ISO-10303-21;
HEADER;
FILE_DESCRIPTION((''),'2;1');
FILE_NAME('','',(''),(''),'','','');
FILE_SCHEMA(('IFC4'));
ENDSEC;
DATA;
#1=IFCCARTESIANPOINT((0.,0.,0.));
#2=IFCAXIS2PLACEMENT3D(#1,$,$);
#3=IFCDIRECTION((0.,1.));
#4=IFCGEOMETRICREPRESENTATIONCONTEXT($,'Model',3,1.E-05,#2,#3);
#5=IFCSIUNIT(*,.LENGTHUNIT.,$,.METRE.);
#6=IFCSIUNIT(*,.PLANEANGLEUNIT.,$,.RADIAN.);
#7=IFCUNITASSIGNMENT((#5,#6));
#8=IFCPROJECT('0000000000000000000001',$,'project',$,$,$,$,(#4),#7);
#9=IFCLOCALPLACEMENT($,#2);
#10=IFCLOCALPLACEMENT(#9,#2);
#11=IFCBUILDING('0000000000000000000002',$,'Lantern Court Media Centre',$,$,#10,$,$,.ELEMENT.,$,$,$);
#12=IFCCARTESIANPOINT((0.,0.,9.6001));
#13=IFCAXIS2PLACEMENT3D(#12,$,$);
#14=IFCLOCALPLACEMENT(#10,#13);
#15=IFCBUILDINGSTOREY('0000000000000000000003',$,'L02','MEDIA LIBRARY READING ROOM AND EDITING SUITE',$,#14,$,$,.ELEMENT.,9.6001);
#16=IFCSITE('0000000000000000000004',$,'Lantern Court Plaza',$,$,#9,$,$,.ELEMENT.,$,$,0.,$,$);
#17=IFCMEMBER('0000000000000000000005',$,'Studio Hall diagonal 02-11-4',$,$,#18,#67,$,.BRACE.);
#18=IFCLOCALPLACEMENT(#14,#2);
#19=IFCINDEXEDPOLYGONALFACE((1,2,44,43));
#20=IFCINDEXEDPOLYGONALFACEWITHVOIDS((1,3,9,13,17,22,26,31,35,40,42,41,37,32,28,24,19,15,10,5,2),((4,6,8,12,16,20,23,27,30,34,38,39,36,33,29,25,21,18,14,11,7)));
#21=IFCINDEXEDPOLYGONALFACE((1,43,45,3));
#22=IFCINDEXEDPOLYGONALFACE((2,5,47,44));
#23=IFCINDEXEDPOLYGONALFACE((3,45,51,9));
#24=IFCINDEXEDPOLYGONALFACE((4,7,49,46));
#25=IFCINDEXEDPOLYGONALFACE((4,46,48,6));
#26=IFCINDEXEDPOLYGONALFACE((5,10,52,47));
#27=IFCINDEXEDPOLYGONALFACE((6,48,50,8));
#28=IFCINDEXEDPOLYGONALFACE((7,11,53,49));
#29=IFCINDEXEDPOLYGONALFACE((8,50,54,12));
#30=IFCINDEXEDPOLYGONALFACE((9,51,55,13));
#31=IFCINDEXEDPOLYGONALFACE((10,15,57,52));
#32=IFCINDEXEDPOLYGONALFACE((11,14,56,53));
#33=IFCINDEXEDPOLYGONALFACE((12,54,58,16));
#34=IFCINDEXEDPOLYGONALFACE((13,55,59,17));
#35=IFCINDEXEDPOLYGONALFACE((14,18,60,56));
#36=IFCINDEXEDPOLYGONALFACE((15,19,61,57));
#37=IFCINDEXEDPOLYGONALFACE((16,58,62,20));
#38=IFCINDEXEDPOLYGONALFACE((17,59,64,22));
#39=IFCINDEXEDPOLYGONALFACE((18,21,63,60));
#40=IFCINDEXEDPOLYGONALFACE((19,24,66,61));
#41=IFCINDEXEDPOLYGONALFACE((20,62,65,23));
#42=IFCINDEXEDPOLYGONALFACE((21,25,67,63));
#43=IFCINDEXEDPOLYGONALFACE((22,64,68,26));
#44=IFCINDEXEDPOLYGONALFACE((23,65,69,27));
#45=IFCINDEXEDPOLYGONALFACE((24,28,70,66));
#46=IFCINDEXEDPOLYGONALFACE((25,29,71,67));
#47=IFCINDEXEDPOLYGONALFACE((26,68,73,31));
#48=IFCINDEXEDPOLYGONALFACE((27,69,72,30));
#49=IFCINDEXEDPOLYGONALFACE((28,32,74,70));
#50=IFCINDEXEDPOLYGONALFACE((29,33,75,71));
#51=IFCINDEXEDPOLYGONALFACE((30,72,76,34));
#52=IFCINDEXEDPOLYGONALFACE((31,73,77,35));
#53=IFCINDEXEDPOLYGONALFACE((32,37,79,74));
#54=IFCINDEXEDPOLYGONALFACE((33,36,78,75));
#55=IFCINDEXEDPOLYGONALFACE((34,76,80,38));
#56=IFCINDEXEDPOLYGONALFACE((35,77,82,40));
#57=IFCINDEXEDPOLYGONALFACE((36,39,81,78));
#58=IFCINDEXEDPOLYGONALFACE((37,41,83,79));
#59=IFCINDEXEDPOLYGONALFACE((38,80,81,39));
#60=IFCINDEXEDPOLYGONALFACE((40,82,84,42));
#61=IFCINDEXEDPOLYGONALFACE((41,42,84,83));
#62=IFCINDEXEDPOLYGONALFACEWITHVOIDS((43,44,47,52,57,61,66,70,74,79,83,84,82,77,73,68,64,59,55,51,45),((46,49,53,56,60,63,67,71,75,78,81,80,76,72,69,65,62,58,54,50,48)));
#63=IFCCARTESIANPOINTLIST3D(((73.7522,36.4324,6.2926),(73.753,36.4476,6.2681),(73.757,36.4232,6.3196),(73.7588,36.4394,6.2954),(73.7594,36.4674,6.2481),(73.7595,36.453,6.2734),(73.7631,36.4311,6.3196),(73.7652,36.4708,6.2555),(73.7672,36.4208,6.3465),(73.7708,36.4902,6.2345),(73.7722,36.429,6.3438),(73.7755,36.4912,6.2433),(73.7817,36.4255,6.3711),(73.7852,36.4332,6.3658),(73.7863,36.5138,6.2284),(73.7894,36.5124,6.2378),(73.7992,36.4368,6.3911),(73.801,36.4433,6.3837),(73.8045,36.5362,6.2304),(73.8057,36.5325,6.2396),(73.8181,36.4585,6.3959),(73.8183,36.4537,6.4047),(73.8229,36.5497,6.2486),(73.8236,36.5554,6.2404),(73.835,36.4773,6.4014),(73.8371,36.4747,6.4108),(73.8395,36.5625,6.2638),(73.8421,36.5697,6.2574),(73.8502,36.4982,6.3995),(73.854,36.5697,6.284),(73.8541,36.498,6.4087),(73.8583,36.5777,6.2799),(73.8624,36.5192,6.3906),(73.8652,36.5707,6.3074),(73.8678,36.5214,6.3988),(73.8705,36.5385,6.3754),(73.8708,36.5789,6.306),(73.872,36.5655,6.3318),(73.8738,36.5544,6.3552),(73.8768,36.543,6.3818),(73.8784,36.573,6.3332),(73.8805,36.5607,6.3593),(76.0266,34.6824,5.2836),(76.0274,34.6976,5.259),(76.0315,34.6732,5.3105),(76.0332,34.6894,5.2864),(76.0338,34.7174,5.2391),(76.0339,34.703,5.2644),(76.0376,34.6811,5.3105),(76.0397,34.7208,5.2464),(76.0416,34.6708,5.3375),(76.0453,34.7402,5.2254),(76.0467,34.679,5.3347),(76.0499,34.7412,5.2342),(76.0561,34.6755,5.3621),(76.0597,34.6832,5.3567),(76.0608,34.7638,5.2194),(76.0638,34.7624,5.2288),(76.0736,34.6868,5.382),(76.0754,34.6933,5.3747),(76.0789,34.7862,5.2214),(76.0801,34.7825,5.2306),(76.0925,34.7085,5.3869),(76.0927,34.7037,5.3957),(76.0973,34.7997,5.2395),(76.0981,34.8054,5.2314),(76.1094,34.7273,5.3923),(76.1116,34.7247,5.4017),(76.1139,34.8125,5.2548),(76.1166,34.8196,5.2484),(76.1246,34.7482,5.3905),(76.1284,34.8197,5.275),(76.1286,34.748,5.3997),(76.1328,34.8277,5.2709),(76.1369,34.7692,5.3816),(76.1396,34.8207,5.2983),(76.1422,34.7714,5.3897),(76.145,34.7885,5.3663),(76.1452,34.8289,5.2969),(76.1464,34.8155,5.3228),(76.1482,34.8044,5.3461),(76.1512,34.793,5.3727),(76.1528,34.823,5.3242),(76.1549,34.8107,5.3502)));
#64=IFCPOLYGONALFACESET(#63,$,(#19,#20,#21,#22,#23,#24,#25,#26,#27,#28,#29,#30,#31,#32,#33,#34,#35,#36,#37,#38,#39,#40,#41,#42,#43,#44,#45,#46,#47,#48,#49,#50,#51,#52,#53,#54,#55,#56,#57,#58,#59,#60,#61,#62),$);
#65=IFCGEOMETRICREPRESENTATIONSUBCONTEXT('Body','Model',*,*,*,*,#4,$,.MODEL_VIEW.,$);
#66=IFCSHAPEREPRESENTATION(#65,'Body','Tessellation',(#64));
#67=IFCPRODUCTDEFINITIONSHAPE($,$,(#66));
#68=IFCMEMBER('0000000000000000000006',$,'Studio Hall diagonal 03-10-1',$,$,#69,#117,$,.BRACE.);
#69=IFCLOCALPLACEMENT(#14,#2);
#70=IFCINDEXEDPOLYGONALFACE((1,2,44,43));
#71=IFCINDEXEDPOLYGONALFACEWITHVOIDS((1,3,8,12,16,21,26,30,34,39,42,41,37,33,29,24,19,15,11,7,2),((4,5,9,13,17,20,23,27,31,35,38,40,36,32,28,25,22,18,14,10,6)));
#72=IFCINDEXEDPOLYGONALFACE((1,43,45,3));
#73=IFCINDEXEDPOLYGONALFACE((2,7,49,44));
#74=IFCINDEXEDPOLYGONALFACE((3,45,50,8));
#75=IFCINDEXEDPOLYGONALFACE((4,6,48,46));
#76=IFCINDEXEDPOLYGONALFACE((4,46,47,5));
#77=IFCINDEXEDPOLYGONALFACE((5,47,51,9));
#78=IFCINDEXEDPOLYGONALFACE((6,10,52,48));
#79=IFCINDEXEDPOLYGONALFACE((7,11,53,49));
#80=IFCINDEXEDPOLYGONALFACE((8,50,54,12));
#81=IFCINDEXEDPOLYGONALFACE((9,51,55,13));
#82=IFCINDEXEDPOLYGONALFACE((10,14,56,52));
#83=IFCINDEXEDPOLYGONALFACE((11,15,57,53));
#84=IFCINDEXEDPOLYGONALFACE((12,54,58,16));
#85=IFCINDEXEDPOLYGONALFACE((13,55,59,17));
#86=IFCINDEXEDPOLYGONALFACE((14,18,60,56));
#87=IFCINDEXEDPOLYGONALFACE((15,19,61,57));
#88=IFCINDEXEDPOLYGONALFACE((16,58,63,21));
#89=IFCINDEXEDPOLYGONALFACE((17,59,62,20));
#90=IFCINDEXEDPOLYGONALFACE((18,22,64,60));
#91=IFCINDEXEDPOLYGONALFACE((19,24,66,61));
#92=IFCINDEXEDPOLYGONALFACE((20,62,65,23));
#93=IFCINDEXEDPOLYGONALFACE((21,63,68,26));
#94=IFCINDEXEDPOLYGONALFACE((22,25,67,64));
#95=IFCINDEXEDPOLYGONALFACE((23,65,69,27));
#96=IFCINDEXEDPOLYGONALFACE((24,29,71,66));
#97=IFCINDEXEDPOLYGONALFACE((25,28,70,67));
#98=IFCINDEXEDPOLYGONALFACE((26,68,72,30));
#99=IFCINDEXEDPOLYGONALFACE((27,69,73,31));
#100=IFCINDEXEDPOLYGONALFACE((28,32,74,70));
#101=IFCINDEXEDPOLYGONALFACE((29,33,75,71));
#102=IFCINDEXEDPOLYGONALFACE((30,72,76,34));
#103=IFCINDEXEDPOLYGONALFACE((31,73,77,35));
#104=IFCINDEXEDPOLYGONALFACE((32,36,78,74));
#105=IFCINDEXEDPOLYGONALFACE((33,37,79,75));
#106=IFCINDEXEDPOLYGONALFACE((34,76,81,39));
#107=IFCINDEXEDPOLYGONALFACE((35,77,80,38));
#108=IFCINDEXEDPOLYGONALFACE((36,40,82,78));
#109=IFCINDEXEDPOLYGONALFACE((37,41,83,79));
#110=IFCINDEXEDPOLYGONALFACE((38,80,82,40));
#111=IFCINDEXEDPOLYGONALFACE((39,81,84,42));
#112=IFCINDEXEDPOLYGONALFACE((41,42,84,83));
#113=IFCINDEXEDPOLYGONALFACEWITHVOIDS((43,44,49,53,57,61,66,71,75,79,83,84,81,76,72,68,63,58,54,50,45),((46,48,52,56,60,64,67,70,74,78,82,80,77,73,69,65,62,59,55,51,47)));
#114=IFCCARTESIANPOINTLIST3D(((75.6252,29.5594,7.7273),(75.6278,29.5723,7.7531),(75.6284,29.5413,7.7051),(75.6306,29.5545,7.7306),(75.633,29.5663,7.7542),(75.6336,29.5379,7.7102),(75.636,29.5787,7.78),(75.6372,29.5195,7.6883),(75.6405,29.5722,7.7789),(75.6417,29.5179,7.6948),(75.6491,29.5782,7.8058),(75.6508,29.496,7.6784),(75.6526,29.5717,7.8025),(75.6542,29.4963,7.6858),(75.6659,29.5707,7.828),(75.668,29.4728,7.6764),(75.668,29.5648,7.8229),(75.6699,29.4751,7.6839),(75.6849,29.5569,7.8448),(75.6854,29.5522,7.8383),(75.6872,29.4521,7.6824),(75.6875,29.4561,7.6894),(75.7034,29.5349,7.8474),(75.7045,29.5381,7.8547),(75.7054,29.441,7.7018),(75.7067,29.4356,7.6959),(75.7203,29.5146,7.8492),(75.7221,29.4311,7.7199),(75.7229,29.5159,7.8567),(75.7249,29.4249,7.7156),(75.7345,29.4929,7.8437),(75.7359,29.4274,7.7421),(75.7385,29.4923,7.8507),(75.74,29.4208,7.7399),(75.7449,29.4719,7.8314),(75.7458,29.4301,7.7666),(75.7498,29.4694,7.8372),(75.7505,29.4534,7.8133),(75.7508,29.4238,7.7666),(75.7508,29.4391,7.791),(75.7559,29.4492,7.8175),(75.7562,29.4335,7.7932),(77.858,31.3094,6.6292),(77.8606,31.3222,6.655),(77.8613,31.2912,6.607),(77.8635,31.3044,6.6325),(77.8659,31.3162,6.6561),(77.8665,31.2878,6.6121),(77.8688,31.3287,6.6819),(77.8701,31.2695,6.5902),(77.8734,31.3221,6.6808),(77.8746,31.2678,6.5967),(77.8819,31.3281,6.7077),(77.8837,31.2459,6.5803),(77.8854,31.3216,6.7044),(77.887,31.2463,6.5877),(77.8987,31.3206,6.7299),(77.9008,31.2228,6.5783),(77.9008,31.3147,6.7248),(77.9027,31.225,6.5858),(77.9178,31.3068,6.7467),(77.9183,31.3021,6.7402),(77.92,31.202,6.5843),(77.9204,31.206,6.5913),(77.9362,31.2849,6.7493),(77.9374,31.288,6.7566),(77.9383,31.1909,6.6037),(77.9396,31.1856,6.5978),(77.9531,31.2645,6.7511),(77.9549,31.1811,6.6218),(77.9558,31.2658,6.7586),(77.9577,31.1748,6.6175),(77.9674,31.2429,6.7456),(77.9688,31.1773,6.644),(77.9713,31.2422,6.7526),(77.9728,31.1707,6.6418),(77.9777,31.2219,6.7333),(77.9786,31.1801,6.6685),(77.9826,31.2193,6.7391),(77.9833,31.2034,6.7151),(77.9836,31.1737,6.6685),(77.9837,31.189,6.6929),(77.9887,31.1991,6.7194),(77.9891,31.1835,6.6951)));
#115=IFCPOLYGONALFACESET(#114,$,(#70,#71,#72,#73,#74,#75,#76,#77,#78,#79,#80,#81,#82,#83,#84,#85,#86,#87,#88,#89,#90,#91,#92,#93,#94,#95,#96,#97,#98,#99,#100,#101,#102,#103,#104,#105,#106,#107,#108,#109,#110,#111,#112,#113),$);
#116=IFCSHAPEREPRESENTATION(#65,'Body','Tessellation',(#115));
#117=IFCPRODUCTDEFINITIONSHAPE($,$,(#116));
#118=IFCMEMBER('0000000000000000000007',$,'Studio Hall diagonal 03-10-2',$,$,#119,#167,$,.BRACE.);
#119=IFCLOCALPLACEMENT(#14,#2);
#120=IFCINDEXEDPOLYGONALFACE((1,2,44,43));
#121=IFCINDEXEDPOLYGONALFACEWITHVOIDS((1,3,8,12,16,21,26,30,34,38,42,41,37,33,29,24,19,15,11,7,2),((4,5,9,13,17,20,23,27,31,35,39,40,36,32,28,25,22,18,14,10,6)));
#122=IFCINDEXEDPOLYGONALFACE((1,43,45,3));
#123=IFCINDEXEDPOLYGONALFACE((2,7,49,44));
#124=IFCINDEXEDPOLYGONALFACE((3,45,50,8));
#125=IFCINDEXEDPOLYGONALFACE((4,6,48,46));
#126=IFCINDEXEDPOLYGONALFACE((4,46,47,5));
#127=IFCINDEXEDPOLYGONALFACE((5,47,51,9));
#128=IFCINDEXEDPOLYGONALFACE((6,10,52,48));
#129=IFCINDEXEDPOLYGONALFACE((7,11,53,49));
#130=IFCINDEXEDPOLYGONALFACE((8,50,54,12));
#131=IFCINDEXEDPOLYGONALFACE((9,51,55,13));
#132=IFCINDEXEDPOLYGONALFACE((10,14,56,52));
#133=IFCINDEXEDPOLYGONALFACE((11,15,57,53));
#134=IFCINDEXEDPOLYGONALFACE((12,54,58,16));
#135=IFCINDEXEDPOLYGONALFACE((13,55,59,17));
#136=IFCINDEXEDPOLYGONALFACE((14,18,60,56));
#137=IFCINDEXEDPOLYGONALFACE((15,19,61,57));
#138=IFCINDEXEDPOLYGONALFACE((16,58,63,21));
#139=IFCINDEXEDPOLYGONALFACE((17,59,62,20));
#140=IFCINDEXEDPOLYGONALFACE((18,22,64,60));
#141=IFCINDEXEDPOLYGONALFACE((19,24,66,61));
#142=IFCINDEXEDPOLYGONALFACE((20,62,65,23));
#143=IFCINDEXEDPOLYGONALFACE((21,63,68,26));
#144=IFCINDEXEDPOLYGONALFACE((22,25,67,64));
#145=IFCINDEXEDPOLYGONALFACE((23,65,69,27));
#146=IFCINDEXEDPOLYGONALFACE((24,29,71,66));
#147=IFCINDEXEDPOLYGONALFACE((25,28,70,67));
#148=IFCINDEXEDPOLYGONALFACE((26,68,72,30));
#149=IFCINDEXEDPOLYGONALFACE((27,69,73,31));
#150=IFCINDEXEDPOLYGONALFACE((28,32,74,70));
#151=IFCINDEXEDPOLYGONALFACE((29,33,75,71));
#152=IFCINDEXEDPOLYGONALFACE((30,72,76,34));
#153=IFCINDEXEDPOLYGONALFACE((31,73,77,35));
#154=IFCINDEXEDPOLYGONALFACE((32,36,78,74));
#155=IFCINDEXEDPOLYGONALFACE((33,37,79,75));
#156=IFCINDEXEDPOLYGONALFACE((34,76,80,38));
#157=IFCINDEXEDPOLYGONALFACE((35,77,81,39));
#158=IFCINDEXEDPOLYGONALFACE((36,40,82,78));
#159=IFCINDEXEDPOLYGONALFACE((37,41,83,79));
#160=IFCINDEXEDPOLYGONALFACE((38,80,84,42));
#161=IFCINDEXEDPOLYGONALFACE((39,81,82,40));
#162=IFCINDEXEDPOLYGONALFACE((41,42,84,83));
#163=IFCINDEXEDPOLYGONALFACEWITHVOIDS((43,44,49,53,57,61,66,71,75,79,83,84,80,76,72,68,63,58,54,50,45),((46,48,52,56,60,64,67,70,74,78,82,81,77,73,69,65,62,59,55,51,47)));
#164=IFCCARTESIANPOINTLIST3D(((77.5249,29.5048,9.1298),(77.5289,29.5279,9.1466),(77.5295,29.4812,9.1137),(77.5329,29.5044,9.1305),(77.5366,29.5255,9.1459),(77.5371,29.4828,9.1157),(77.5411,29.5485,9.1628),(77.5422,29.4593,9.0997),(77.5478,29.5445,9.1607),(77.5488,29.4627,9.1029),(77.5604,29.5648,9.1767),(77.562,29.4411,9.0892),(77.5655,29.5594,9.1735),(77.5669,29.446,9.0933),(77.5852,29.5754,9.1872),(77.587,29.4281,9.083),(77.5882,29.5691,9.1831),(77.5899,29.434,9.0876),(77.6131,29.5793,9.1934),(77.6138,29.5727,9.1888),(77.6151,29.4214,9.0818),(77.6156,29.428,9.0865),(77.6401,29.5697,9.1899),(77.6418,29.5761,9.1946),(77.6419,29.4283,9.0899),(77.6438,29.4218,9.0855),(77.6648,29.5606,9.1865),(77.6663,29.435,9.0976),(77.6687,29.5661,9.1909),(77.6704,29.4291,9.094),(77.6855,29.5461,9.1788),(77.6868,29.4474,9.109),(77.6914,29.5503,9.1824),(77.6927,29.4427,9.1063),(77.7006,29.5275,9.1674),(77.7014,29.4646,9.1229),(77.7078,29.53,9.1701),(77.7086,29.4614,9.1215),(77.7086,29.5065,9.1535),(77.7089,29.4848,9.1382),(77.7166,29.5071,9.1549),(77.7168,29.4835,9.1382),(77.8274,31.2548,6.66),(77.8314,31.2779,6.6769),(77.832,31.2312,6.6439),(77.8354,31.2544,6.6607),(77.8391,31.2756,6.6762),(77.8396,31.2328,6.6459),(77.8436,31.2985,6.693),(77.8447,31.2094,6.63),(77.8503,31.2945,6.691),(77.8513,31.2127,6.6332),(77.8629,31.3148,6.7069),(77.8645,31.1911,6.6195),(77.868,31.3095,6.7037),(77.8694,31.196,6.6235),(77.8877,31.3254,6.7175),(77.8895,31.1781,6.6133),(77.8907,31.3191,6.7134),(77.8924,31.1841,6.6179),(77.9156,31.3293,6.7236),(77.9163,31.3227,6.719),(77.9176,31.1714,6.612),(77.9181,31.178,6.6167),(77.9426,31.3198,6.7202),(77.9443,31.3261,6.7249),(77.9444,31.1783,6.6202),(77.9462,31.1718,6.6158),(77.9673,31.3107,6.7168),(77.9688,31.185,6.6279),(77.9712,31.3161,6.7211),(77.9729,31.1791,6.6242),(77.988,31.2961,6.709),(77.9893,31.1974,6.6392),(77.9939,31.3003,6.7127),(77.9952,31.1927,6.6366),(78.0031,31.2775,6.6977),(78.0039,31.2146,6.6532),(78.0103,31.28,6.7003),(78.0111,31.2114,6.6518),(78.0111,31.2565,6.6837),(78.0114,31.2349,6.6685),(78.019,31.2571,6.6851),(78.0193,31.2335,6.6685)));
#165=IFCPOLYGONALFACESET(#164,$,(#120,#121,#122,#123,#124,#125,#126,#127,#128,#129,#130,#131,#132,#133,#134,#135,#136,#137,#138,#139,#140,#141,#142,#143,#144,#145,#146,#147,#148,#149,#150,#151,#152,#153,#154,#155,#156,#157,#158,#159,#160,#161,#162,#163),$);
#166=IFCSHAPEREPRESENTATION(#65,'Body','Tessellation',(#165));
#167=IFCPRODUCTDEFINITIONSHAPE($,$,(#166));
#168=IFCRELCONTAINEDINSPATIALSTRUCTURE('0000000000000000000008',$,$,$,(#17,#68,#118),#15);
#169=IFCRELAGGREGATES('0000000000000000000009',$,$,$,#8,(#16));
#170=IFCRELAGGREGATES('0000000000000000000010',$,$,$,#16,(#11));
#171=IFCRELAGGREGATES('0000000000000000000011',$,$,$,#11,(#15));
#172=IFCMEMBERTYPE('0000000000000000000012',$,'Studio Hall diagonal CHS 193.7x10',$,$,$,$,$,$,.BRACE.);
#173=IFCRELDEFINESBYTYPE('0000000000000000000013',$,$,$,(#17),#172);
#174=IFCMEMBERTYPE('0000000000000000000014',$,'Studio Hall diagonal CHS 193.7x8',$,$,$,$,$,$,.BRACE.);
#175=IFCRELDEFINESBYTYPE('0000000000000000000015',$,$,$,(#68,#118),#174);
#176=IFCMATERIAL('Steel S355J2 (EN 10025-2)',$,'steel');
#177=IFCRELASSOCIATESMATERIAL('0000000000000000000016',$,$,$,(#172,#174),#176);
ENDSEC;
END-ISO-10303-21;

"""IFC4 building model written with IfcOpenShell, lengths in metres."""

from ifc_helpers import new_model, si_unit, direction, frame, origin, origin_2d, place, context, subcontext, project, spatial, hollow_circle, extrude, material, material_profile, profile_set, type_object, element, save


model = new_model("IFC4")

# Units and contexts
model_context = context("Model", 3, precision=1e-05, world=origin(), true_north=direction((0.0, 1.0)))
body_context = subcontext(model_context, "Body", "Model", "MODEL_VIEW")
ifc_project = project(units=[si_unit("LENGTHUNIT", "METRE"), si_unit("PLANEANGLEUNIT", "RADIAN")], contexts=[model_context])

# Site, building, storey
site_placement = place(None, origin())
site = spatial("IfcSite", under=ifc_project, at=site_placement, Name="Lantern Court Plaza", CompositionType="ELEMENT", RefElevation=0.0)
building_placement = place(site_placement, origin())
building = spatial("IfcBuilding", under=site, at=building_placement, Name="Lantern Court Media Centre", CompositionType="ELEMENT")
storey_placement = place(building_placement, frame((0.0, 0.0, 9.6001)))
storey = spatial("IfcBuildingStorey", under=building, at=storey_placement, Name="L02", Description="MEDIA LIBRARY READING ROOM AND EDITING SUITE", CompositionType="ELEMENT", Elevation=9.6001)

# Members
ifc_material = material(Name="Steel S355J2 (EN 10025-2)", Category="steel")
ifc_material_profile_1 = material_profile(ifc_material, hollow_circle(Radius=0.0969, WallThickness=0.01, at=origin_2d()), Name="Studio Hall diagonal CHS 193.7x10")
ifc_profile_set_1 = profile_set([ifc_material_profile_1], Name="Steel S355J2 (EN 10025-2)")
member_type_1 = type_object("IfcMemberType", Name="Studio Hall diagonal CHS 193.7x10", PredefinedType="BRACE", material=ifc_profile_set_1)
for number, where, z_axis, x_axis, name in (
    (1, (76.0906, 34.75, 5.3105), (-0.747677, 0.575284, 0.331703), (-0.609809, -0.792548, 0.0), "Studio Hall diagonal 02-11-4"),
):
    element("IfcMember", number, at=place(storey_placement, frame(where, z_axis=z_axis, x_axis=x_axis)), inside=storey, type_object=member_type_1, Name=name, PredefinedType="BRACE", context=body_context, shape_type="SweptSolid", body=[
        extrude(hollow_circle(Radius=0.0969, WallThickness=0.01, at=origin_2d()), origin(), (0.0, 0.0, 1.0), 3.042),
    ])
ifc_material_profile_2 = material_profile(ifc_material, hollow_circle(Radius=0.0969, WallThickness=0.0081, at=origin_2d()), Name="Studio Hall diagonal CHS 193.7x8")
ifc_profile_set_2 = profile_set([ifc_material_profile_2], Name="Steel S355J2 (EN 10025-2)")
member_type_2 = type_object("IfcMemberType", Name="Studio Hall diagonal CHS 193.7x8", PredefinedType="BRACE", material=ifc_profile_set_2)
for number, where, z_axis, x_axis, name in (
    (2, (77.9238, 31.25, 6.6685), (-0.734005, -0.575262, 0.360984), (0.616856, -0.787076, 0.0), "Studio Hall diagonal 03-10-1"),
    (3, (77.9238, 31.25, 6.6685), (-0.099439, -0.575286, 0.811885), (0.985388, -0.170326, 0.0), "Studio Hall diagonal 03-10-2"),
):
    element("IfcMember", number, at=place(storey_placement, frame(where, z_axis=z_axis, x_axis=x_axis)), inside=storey, type_object=member_type_2, Name=name, PredefinedType="BRACE", context=body_context, shape_type="SweptSolid", body=[
        extrude(hollow_circle(Radius=0.0969, WallThickness=0.0081, at=origin_2d()), origin(), (0.0, 0.0, 1.0), 3.042),
    ])

save(model, "model.ifc")
